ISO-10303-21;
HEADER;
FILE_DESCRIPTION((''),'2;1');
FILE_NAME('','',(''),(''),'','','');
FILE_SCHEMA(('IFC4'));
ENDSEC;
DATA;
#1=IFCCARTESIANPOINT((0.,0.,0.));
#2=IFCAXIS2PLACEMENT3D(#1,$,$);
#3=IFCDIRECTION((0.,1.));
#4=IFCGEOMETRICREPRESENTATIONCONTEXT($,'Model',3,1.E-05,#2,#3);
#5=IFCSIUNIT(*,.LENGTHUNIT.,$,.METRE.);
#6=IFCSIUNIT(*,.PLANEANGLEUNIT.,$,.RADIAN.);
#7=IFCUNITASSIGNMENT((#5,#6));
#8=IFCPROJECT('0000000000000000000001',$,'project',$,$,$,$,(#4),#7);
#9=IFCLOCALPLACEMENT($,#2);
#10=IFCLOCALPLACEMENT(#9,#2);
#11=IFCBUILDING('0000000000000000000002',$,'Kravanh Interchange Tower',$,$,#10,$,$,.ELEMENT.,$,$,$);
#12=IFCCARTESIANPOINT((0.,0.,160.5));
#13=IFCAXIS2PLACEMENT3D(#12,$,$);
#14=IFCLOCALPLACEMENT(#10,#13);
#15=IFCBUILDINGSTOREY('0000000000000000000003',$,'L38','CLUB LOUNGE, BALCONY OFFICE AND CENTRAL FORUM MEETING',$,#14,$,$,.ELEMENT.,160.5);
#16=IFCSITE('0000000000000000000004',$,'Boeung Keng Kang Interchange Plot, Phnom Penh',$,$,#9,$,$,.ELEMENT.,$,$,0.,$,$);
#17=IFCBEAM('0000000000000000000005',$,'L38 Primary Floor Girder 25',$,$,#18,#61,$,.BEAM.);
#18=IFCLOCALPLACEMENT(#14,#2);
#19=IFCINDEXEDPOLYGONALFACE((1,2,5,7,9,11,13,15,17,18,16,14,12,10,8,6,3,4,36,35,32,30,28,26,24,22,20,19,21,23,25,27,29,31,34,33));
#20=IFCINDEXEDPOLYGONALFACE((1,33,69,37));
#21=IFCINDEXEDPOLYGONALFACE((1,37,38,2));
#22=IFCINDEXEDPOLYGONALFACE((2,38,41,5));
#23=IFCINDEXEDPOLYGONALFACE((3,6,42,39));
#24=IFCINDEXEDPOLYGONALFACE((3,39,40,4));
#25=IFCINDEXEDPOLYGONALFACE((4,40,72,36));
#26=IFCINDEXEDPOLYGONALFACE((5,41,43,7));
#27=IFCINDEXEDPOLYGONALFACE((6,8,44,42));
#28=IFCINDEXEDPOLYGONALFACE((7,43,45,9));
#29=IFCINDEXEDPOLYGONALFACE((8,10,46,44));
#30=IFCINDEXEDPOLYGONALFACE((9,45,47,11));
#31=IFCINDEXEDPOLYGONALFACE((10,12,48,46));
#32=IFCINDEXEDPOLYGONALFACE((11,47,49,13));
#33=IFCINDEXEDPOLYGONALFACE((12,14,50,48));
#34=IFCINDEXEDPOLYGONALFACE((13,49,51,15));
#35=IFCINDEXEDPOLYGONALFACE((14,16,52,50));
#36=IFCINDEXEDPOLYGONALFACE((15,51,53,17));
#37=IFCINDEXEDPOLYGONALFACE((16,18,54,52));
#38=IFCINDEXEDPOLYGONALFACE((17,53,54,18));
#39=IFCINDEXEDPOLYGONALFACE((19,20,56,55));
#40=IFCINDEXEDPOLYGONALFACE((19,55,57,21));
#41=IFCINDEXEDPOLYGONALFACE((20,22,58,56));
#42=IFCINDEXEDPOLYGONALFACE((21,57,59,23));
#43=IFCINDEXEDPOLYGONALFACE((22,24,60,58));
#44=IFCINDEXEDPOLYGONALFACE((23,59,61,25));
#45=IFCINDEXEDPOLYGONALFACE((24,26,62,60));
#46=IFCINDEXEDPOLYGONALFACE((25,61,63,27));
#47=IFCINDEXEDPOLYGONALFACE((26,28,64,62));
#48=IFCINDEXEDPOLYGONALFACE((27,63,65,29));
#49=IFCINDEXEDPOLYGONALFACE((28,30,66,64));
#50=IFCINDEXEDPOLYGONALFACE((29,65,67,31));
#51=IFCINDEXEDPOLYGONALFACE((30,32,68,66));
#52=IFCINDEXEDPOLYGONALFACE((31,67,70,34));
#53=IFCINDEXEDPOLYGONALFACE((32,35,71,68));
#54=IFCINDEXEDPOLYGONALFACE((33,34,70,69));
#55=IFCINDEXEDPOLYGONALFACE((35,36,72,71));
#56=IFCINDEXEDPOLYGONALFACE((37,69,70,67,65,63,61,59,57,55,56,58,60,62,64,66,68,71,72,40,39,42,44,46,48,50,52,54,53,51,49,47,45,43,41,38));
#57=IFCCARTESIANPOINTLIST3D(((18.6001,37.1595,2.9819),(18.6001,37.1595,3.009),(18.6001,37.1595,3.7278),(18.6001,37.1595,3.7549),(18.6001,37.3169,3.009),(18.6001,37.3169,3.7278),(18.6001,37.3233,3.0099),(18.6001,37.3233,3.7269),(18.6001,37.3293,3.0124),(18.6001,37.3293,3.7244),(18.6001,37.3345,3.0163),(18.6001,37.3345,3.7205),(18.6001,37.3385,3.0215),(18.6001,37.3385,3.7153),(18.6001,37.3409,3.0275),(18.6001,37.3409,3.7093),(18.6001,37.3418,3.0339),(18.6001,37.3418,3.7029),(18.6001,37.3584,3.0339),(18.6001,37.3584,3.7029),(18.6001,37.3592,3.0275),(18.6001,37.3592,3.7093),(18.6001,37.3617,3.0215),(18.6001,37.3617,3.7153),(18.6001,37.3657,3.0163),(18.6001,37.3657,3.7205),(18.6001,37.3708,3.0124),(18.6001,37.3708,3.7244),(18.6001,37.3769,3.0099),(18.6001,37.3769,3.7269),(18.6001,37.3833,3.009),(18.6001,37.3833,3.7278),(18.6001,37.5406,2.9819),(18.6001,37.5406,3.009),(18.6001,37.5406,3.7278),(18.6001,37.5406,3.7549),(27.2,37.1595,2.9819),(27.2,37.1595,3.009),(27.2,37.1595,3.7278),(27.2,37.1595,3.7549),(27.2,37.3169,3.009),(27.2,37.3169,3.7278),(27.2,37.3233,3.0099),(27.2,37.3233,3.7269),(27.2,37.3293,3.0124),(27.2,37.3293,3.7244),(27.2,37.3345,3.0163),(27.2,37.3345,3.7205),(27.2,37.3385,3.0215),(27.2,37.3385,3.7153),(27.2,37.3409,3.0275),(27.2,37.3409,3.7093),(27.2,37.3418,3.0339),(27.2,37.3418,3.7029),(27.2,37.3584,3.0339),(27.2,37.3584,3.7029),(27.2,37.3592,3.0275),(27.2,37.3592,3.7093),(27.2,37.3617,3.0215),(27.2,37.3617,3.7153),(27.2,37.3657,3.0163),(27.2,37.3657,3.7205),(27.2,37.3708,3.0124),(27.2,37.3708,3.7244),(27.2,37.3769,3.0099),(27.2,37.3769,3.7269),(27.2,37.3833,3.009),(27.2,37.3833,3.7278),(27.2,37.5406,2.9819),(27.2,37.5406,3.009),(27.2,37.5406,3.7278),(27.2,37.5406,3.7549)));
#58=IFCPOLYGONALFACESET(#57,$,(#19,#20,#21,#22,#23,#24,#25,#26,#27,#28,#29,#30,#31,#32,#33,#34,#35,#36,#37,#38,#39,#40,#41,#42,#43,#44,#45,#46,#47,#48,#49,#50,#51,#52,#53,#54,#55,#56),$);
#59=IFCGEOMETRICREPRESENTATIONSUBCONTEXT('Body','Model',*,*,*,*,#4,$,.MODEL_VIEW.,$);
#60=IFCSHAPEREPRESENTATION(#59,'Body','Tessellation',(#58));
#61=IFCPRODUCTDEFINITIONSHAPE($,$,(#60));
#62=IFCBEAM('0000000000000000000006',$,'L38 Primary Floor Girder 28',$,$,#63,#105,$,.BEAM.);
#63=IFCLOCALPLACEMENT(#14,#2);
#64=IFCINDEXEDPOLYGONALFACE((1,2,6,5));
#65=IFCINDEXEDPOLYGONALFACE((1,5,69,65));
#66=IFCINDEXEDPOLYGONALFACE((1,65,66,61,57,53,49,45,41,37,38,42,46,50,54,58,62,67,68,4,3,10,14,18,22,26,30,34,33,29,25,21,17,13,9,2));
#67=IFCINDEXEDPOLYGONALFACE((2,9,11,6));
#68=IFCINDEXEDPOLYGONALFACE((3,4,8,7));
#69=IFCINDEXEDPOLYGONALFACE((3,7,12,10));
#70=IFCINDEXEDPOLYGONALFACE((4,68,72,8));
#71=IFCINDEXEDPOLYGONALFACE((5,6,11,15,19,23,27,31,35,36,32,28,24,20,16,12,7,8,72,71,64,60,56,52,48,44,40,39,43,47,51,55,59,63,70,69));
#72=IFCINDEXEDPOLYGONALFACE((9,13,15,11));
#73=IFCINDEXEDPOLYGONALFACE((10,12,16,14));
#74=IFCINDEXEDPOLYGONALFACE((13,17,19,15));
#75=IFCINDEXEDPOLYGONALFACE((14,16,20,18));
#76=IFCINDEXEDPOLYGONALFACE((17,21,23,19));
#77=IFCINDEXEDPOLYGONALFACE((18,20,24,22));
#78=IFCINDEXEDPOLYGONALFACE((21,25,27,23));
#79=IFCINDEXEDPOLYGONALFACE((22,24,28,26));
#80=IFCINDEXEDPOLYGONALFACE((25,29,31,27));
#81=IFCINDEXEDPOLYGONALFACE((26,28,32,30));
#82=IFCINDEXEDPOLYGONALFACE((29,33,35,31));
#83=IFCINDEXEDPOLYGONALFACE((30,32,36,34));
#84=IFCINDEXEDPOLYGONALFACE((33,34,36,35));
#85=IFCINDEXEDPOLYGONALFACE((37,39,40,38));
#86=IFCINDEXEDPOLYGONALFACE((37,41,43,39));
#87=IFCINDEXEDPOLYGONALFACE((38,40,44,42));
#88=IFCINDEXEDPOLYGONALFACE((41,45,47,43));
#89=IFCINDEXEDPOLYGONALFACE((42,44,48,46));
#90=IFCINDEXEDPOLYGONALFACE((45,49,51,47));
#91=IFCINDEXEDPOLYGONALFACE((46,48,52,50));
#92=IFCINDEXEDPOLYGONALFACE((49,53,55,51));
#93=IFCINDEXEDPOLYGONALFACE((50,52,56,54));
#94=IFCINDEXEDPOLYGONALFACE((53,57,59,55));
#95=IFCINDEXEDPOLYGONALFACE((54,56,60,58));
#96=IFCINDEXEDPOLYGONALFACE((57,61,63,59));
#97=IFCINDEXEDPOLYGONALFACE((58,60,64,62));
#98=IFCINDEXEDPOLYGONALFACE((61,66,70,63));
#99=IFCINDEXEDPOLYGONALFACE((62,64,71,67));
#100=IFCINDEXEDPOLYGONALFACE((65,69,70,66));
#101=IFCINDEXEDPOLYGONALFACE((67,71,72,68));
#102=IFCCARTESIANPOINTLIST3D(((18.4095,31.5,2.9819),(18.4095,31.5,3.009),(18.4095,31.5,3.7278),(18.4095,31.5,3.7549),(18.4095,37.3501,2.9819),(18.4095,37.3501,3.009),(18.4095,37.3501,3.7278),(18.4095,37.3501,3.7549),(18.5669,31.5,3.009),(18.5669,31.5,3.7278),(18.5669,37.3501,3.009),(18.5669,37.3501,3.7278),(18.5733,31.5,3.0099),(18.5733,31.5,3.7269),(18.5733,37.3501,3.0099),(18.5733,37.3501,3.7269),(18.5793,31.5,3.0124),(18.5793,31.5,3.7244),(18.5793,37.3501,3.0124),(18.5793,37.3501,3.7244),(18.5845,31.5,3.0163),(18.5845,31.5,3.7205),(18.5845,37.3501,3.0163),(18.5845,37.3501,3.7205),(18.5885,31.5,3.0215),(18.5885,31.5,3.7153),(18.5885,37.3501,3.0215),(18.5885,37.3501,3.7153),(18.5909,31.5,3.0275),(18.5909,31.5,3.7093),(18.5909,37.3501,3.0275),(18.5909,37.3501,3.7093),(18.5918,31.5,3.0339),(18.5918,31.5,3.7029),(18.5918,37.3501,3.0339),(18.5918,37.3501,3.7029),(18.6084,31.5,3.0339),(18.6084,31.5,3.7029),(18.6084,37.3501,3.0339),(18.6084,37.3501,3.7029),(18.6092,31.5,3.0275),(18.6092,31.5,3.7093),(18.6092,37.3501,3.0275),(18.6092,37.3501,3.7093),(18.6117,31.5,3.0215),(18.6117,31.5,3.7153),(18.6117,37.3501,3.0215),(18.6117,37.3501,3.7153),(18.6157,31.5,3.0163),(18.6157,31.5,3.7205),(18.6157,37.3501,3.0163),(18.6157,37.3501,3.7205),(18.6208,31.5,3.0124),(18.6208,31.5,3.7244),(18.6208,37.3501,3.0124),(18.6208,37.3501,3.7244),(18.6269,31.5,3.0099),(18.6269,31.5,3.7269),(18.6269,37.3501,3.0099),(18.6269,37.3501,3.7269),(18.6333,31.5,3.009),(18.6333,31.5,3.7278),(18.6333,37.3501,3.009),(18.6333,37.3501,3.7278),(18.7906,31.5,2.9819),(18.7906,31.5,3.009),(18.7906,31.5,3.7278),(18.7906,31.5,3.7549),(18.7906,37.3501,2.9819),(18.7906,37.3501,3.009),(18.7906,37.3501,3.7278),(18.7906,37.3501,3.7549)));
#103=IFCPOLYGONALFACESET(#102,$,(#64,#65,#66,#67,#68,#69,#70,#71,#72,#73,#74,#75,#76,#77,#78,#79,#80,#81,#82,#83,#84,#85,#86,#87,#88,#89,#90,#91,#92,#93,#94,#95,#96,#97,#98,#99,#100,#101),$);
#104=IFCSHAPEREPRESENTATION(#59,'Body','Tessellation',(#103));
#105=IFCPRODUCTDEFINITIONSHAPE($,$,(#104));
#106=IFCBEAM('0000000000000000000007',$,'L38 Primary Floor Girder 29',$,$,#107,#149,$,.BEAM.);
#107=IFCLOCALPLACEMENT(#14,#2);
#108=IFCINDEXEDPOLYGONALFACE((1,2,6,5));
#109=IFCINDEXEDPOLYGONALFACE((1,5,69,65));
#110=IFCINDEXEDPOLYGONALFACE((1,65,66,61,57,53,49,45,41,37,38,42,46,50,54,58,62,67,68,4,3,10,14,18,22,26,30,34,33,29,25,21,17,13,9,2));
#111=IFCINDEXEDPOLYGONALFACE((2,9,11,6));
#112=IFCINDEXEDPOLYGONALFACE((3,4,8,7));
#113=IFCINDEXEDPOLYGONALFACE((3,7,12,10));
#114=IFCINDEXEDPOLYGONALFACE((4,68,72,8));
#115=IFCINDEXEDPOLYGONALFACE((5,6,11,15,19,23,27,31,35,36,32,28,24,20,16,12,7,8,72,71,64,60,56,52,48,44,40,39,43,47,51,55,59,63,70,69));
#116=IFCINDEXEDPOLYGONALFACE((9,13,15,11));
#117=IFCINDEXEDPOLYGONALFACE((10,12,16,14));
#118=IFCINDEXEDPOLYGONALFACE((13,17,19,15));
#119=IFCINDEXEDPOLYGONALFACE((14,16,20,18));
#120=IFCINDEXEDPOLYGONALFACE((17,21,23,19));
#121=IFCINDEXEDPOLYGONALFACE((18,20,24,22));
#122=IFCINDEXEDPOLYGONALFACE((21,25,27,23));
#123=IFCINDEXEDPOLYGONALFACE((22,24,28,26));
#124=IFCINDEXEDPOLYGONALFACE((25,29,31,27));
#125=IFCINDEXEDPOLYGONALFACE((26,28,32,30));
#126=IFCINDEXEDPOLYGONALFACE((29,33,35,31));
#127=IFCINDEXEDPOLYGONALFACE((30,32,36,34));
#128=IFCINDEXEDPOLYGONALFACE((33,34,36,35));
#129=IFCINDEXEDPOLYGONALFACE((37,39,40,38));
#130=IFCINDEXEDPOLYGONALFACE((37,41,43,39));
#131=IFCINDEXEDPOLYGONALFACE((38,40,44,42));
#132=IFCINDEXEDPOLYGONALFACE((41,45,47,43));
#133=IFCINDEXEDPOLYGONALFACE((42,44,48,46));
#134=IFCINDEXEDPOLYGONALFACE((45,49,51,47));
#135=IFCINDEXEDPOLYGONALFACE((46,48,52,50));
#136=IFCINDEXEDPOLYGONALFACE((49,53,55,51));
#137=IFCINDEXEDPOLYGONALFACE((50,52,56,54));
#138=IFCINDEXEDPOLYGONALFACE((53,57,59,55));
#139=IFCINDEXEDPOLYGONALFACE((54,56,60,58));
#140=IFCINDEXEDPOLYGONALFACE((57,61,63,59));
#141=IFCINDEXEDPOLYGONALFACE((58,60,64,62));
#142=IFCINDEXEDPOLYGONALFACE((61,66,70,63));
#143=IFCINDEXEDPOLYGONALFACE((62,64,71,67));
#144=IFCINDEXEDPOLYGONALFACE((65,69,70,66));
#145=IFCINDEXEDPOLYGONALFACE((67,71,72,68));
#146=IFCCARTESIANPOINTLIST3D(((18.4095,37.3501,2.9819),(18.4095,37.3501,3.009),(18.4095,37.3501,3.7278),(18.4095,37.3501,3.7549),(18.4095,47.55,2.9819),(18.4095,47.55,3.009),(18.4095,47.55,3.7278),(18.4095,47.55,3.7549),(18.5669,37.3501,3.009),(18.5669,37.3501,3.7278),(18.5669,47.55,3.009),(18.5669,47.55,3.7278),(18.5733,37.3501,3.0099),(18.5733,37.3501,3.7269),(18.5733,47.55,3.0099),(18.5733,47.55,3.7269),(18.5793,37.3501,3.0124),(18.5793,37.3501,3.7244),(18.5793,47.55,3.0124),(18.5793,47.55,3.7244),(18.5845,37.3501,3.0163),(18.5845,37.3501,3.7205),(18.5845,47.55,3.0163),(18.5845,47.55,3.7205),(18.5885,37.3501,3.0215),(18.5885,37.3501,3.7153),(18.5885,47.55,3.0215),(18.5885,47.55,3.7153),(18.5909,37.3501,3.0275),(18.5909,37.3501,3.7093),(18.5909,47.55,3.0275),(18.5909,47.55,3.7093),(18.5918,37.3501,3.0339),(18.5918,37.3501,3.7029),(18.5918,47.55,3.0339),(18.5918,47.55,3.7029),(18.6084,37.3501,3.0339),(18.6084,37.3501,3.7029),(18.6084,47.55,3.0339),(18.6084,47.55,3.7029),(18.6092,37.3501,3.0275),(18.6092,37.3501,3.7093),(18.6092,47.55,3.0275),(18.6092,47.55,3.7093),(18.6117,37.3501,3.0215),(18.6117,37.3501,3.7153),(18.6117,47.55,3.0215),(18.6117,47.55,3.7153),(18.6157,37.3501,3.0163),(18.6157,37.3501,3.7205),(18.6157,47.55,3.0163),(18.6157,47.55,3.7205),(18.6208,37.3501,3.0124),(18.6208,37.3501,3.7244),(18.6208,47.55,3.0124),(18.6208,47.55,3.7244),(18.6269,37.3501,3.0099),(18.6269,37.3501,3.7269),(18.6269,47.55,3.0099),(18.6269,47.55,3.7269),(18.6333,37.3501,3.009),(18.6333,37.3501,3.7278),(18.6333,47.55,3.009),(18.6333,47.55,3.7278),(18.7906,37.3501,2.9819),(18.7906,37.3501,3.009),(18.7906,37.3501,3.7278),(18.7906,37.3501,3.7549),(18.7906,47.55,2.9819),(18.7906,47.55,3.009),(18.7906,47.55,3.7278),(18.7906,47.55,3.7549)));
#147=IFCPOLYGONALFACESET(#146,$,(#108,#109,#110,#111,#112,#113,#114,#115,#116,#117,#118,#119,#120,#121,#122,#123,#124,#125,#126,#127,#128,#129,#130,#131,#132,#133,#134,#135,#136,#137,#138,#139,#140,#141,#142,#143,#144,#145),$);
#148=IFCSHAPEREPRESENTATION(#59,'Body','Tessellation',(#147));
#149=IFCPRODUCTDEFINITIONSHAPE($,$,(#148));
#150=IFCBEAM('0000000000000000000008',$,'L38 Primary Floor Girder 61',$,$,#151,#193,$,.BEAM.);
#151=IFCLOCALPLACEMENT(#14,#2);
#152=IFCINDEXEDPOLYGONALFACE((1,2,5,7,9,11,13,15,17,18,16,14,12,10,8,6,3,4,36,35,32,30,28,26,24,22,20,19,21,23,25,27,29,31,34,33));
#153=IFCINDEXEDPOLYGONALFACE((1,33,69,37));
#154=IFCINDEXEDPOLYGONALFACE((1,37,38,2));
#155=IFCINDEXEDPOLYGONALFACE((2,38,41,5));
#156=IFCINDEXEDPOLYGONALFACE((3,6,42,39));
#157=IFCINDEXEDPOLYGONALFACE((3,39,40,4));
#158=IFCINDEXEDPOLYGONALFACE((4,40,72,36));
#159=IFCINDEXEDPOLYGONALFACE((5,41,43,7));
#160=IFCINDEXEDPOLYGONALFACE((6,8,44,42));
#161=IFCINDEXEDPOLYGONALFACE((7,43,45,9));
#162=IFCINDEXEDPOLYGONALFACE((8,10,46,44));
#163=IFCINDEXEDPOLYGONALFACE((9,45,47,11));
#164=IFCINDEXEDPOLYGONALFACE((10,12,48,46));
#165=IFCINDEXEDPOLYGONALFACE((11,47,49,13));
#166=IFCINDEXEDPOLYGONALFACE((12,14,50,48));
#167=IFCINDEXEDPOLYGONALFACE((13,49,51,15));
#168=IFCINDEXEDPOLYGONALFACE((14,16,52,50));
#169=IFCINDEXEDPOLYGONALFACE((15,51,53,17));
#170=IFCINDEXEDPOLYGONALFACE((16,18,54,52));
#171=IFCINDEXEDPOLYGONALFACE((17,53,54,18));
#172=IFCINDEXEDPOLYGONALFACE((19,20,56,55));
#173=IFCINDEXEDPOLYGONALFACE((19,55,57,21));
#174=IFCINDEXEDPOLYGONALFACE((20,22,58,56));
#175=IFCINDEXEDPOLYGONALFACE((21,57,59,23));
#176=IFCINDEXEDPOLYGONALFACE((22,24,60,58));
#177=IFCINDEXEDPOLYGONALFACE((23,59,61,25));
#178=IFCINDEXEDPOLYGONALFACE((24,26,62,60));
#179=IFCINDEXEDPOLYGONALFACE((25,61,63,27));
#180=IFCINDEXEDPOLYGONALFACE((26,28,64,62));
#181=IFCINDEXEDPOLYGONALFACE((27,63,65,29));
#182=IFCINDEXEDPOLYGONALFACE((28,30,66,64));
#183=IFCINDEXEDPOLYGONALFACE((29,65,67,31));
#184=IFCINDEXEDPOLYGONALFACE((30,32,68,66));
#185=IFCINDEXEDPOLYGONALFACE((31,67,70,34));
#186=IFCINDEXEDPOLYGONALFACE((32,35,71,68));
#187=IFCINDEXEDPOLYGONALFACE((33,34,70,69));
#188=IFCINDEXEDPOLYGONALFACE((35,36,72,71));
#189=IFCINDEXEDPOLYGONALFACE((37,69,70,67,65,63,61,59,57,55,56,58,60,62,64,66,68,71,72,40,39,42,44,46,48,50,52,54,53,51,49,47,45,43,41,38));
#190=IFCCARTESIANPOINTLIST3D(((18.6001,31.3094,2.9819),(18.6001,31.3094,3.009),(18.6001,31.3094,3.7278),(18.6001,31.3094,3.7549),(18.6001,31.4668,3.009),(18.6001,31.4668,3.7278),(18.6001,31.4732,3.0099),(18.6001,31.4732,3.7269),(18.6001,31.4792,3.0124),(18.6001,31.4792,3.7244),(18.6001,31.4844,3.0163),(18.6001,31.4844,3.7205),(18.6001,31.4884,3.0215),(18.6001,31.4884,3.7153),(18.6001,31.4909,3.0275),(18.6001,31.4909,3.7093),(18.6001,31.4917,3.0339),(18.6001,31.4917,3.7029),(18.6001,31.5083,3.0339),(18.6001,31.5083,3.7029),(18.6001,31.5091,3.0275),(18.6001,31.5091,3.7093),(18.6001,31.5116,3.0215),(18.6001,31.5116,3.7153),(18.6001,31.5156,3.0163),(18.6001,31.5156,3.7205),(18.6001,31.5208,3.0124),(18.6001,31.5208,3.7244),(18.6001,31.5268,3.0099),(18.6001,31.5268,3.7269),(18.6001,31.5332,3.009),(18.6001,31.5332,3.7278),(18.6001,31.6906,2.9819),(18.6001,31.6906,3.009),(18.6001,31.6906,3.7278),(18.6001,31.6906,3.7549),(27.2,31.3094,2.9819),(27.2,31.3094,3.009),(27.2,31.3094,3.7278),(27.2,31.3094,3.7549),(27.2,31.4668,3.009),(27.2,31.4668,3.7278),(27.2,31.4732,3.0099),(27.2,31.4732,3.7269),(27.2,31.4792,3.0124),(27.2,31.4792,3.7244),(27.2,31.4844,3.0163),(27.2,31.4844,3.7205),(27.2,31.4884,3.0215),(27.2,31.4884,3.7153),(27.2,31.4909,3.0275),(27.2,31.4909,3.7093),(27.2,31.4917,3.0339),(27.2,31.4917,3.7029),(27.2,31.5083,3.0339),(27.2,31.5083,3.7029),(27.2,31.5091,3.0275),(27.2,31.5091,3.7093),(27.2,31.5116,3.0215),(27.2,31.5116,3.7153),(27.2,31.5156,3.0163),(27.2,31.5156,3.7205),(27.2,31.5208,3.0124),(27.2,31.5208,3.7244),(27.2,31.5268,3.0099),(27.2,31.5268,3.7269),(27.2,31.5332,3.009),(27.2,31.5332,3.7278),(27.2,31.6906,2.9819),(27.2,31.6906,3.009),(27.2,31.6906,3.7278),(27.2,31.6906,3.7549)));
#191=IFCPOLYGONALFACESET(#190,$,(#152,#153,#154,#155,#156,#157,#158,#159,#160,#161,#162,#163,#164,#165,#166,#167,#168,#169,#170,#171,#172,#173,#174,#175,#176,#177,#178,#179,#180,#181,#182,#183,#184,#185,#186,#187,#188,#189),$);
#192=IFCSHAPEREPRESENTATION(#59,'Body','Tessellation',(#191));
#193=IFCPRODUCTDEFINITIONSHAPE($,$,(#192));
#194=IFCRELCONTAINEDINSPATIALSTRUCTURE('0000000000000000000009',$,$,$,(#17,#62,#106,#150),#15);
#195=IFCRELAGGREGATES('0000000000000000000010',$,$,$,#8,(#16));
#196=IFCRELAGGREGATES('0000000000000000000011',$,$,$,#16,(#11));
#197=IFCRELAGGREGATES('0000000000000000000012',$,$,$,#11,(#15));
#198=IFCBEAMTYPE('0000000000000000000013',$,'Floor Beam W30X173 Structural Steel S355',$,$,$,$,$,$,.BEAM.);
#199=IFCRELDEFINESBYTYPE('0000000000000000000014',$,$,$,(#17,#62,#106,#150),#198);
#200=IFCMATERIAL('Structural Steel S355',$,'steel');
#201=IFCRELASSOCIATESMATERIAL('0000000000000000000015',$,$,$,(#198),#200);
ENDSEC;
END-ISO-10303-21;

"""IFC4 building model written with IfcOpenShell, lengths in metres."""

from ifc_helpers import new_model, si_unit, direction, frame, origin, origin_2d, place, context, subcontext, project, spatial, i_section, extrude, material, material_profile, profile_set, type_object, element, save


model = new_model("IFC4")

# Units and contexts
model_context = context("Model", 3, precision=1e-05, world=origin(), true_north=direction((0.0, 1.0)))
body_context = subcontext(model_context, "Body", "Model", "MODEL_VIEW")
ifc_project = project(units=[si_unit("LENGTHUNIT", "METRE"), si_unit("PLANEANGLEUNIT", "RADIAN")], contexts=[model_context])

# Site, building, storey
site_placement = place(None, origin())
site = spatial("IfcSite", under=ifc_project, at=site_placement, Name="Boeung Keng Kang Interchange Plot, Phnom Penh", CompositionType="ELEMENT", RefElevation=0.0)
building_placement = place(site_placement, origin())
building = spatial("IfcBuilding", under=site, at=building_placement, Name="Kravanh Interchange Tower", CompositionType="ELEMENT")
storey_placement = place(building_placement, frame((0.0, 0.0, 160.5)))
storey = spatial("IfcBuildingStorey", under=building, at=storey_placement, Name="L38", Description="CLUB LOUNGE, BALCONY OFFICE AND CENTRAL FORUM MEETING", CompositionType="ELEMENT", Elevation=160.5)

# Beams
ifc_material_1 = material(Name="Structural Steel S355", Category="steel")
ifc_material_profile_1 = material_profile(ifc_material_1, i_section(OverallWidth=0.3811, OverallDepth=0.7729, WebThickness=0.0166, FlangeThickness=0.0271, FilletRadius=0.0249, at=origin_2d()), Name="W30X173")
ifc_profile_set_1 = profile_set([ifc_material_profile_1], Name="Structural Steel S355")
beam_type_1 = type_object("IfcBeamType", Name="Floor Beam W30X173 Structural Steel S355", PredefinedType="BEAM", material=ifc_profile_set_1)
beam_1_placement = place(storey_placement, frame((27.2, 37.3501, 3.3684), z_axis=(-1.0, 0.0, 0.0), x_axis=(0.0, -1.0, 0.0)))
element("IfcBeam", 1, at=beam_1_placement, inside=storey, type_object=beam_type_1, Name="L38 Primary Floor Girder 25", PredefinedType="BEAM", context=body_context, shape_type="SweptSolid", body=[
    extrude(i_section(OverallWidth=0.3811, OverallDepth=0.7729, WebThickness=0.0166, FlangeThickness=0.0271, FilletRadius=0.0249, at=origin_2d()), origin(), (0.0, 0.0, 1.0), 8.5999),
])
beam_2_placement = place(storey_placement, frame((18.6001, 37.3501, 3.3684), z_axis=(0.0, -1.0, 0.0), x_axis=(1.0, 0.0, 0.0)))
element("IfcBeam", 2, at=beam_2_placement, inside=storey, type_object=beam_type_1, Name="L38 Primary Floor Girder 28", PredefinedType="BEAM", context=body_context, shape_type="SweptSolid", body=[
    extrude(i_section(OverallWidth=0.3811, OverallDepth=0.7729, WebThickness=0.0166, FlangeThickness=0.0271, FilletRadius=0.0249, at=origin_2d()), origin(), (0.0, 0.0, 1.0), 5.8501),
])
beam_3_placement = place(storey_placement, frame((18.6001, 37.3501, 3.3684), z_axis=(0.0, 1.0, 0.0), x_axis=(-1.0, 0.0, 0.0)))
element("IfcBeam", 3, at=beam_3_placement, inside=storey, type_object=beam_type_1, Name="L38 Primary Floor Girder 29", PredefinedType="BEAM", context=body_context, shape_type="SweptSolid", body=[
    extrude(i_section(OverallWidth=0.3811, OverallDepth=0.7729, WebThickness=0.0166, FlangeThickness=0.0271, FilletRadius=0.0249, at=origin_2d()), origin(), (0.0, 0.0, 1.0), 10.2),
])
beam_4_placement = place(storey_placement, frame((18.6001, 31.5, 3.3684), z_axis=(1.0, 0.0, 0.0), x_axis=(0.0, 1.0, 0.0)))
element("IfcBeam", 4, at=beam_4_placement, inside=storey, type_object=beam_type_1, Name="L38 Primary Floor Girder 61", PredefinedType="BEAM", context=body_context, shape_type="SweptSolid", body=[
    extrude(i_section(OverallWidth=0.3811, OverallDepth=0.7729, WebThickness=0.0166, FlangeThickness=0.0271, FilletRadius=0.0249, at=origin_2d()), origin(), (0.0, 0.0, 1.0), 8.5999),
])

save(model, "model.ifc")
